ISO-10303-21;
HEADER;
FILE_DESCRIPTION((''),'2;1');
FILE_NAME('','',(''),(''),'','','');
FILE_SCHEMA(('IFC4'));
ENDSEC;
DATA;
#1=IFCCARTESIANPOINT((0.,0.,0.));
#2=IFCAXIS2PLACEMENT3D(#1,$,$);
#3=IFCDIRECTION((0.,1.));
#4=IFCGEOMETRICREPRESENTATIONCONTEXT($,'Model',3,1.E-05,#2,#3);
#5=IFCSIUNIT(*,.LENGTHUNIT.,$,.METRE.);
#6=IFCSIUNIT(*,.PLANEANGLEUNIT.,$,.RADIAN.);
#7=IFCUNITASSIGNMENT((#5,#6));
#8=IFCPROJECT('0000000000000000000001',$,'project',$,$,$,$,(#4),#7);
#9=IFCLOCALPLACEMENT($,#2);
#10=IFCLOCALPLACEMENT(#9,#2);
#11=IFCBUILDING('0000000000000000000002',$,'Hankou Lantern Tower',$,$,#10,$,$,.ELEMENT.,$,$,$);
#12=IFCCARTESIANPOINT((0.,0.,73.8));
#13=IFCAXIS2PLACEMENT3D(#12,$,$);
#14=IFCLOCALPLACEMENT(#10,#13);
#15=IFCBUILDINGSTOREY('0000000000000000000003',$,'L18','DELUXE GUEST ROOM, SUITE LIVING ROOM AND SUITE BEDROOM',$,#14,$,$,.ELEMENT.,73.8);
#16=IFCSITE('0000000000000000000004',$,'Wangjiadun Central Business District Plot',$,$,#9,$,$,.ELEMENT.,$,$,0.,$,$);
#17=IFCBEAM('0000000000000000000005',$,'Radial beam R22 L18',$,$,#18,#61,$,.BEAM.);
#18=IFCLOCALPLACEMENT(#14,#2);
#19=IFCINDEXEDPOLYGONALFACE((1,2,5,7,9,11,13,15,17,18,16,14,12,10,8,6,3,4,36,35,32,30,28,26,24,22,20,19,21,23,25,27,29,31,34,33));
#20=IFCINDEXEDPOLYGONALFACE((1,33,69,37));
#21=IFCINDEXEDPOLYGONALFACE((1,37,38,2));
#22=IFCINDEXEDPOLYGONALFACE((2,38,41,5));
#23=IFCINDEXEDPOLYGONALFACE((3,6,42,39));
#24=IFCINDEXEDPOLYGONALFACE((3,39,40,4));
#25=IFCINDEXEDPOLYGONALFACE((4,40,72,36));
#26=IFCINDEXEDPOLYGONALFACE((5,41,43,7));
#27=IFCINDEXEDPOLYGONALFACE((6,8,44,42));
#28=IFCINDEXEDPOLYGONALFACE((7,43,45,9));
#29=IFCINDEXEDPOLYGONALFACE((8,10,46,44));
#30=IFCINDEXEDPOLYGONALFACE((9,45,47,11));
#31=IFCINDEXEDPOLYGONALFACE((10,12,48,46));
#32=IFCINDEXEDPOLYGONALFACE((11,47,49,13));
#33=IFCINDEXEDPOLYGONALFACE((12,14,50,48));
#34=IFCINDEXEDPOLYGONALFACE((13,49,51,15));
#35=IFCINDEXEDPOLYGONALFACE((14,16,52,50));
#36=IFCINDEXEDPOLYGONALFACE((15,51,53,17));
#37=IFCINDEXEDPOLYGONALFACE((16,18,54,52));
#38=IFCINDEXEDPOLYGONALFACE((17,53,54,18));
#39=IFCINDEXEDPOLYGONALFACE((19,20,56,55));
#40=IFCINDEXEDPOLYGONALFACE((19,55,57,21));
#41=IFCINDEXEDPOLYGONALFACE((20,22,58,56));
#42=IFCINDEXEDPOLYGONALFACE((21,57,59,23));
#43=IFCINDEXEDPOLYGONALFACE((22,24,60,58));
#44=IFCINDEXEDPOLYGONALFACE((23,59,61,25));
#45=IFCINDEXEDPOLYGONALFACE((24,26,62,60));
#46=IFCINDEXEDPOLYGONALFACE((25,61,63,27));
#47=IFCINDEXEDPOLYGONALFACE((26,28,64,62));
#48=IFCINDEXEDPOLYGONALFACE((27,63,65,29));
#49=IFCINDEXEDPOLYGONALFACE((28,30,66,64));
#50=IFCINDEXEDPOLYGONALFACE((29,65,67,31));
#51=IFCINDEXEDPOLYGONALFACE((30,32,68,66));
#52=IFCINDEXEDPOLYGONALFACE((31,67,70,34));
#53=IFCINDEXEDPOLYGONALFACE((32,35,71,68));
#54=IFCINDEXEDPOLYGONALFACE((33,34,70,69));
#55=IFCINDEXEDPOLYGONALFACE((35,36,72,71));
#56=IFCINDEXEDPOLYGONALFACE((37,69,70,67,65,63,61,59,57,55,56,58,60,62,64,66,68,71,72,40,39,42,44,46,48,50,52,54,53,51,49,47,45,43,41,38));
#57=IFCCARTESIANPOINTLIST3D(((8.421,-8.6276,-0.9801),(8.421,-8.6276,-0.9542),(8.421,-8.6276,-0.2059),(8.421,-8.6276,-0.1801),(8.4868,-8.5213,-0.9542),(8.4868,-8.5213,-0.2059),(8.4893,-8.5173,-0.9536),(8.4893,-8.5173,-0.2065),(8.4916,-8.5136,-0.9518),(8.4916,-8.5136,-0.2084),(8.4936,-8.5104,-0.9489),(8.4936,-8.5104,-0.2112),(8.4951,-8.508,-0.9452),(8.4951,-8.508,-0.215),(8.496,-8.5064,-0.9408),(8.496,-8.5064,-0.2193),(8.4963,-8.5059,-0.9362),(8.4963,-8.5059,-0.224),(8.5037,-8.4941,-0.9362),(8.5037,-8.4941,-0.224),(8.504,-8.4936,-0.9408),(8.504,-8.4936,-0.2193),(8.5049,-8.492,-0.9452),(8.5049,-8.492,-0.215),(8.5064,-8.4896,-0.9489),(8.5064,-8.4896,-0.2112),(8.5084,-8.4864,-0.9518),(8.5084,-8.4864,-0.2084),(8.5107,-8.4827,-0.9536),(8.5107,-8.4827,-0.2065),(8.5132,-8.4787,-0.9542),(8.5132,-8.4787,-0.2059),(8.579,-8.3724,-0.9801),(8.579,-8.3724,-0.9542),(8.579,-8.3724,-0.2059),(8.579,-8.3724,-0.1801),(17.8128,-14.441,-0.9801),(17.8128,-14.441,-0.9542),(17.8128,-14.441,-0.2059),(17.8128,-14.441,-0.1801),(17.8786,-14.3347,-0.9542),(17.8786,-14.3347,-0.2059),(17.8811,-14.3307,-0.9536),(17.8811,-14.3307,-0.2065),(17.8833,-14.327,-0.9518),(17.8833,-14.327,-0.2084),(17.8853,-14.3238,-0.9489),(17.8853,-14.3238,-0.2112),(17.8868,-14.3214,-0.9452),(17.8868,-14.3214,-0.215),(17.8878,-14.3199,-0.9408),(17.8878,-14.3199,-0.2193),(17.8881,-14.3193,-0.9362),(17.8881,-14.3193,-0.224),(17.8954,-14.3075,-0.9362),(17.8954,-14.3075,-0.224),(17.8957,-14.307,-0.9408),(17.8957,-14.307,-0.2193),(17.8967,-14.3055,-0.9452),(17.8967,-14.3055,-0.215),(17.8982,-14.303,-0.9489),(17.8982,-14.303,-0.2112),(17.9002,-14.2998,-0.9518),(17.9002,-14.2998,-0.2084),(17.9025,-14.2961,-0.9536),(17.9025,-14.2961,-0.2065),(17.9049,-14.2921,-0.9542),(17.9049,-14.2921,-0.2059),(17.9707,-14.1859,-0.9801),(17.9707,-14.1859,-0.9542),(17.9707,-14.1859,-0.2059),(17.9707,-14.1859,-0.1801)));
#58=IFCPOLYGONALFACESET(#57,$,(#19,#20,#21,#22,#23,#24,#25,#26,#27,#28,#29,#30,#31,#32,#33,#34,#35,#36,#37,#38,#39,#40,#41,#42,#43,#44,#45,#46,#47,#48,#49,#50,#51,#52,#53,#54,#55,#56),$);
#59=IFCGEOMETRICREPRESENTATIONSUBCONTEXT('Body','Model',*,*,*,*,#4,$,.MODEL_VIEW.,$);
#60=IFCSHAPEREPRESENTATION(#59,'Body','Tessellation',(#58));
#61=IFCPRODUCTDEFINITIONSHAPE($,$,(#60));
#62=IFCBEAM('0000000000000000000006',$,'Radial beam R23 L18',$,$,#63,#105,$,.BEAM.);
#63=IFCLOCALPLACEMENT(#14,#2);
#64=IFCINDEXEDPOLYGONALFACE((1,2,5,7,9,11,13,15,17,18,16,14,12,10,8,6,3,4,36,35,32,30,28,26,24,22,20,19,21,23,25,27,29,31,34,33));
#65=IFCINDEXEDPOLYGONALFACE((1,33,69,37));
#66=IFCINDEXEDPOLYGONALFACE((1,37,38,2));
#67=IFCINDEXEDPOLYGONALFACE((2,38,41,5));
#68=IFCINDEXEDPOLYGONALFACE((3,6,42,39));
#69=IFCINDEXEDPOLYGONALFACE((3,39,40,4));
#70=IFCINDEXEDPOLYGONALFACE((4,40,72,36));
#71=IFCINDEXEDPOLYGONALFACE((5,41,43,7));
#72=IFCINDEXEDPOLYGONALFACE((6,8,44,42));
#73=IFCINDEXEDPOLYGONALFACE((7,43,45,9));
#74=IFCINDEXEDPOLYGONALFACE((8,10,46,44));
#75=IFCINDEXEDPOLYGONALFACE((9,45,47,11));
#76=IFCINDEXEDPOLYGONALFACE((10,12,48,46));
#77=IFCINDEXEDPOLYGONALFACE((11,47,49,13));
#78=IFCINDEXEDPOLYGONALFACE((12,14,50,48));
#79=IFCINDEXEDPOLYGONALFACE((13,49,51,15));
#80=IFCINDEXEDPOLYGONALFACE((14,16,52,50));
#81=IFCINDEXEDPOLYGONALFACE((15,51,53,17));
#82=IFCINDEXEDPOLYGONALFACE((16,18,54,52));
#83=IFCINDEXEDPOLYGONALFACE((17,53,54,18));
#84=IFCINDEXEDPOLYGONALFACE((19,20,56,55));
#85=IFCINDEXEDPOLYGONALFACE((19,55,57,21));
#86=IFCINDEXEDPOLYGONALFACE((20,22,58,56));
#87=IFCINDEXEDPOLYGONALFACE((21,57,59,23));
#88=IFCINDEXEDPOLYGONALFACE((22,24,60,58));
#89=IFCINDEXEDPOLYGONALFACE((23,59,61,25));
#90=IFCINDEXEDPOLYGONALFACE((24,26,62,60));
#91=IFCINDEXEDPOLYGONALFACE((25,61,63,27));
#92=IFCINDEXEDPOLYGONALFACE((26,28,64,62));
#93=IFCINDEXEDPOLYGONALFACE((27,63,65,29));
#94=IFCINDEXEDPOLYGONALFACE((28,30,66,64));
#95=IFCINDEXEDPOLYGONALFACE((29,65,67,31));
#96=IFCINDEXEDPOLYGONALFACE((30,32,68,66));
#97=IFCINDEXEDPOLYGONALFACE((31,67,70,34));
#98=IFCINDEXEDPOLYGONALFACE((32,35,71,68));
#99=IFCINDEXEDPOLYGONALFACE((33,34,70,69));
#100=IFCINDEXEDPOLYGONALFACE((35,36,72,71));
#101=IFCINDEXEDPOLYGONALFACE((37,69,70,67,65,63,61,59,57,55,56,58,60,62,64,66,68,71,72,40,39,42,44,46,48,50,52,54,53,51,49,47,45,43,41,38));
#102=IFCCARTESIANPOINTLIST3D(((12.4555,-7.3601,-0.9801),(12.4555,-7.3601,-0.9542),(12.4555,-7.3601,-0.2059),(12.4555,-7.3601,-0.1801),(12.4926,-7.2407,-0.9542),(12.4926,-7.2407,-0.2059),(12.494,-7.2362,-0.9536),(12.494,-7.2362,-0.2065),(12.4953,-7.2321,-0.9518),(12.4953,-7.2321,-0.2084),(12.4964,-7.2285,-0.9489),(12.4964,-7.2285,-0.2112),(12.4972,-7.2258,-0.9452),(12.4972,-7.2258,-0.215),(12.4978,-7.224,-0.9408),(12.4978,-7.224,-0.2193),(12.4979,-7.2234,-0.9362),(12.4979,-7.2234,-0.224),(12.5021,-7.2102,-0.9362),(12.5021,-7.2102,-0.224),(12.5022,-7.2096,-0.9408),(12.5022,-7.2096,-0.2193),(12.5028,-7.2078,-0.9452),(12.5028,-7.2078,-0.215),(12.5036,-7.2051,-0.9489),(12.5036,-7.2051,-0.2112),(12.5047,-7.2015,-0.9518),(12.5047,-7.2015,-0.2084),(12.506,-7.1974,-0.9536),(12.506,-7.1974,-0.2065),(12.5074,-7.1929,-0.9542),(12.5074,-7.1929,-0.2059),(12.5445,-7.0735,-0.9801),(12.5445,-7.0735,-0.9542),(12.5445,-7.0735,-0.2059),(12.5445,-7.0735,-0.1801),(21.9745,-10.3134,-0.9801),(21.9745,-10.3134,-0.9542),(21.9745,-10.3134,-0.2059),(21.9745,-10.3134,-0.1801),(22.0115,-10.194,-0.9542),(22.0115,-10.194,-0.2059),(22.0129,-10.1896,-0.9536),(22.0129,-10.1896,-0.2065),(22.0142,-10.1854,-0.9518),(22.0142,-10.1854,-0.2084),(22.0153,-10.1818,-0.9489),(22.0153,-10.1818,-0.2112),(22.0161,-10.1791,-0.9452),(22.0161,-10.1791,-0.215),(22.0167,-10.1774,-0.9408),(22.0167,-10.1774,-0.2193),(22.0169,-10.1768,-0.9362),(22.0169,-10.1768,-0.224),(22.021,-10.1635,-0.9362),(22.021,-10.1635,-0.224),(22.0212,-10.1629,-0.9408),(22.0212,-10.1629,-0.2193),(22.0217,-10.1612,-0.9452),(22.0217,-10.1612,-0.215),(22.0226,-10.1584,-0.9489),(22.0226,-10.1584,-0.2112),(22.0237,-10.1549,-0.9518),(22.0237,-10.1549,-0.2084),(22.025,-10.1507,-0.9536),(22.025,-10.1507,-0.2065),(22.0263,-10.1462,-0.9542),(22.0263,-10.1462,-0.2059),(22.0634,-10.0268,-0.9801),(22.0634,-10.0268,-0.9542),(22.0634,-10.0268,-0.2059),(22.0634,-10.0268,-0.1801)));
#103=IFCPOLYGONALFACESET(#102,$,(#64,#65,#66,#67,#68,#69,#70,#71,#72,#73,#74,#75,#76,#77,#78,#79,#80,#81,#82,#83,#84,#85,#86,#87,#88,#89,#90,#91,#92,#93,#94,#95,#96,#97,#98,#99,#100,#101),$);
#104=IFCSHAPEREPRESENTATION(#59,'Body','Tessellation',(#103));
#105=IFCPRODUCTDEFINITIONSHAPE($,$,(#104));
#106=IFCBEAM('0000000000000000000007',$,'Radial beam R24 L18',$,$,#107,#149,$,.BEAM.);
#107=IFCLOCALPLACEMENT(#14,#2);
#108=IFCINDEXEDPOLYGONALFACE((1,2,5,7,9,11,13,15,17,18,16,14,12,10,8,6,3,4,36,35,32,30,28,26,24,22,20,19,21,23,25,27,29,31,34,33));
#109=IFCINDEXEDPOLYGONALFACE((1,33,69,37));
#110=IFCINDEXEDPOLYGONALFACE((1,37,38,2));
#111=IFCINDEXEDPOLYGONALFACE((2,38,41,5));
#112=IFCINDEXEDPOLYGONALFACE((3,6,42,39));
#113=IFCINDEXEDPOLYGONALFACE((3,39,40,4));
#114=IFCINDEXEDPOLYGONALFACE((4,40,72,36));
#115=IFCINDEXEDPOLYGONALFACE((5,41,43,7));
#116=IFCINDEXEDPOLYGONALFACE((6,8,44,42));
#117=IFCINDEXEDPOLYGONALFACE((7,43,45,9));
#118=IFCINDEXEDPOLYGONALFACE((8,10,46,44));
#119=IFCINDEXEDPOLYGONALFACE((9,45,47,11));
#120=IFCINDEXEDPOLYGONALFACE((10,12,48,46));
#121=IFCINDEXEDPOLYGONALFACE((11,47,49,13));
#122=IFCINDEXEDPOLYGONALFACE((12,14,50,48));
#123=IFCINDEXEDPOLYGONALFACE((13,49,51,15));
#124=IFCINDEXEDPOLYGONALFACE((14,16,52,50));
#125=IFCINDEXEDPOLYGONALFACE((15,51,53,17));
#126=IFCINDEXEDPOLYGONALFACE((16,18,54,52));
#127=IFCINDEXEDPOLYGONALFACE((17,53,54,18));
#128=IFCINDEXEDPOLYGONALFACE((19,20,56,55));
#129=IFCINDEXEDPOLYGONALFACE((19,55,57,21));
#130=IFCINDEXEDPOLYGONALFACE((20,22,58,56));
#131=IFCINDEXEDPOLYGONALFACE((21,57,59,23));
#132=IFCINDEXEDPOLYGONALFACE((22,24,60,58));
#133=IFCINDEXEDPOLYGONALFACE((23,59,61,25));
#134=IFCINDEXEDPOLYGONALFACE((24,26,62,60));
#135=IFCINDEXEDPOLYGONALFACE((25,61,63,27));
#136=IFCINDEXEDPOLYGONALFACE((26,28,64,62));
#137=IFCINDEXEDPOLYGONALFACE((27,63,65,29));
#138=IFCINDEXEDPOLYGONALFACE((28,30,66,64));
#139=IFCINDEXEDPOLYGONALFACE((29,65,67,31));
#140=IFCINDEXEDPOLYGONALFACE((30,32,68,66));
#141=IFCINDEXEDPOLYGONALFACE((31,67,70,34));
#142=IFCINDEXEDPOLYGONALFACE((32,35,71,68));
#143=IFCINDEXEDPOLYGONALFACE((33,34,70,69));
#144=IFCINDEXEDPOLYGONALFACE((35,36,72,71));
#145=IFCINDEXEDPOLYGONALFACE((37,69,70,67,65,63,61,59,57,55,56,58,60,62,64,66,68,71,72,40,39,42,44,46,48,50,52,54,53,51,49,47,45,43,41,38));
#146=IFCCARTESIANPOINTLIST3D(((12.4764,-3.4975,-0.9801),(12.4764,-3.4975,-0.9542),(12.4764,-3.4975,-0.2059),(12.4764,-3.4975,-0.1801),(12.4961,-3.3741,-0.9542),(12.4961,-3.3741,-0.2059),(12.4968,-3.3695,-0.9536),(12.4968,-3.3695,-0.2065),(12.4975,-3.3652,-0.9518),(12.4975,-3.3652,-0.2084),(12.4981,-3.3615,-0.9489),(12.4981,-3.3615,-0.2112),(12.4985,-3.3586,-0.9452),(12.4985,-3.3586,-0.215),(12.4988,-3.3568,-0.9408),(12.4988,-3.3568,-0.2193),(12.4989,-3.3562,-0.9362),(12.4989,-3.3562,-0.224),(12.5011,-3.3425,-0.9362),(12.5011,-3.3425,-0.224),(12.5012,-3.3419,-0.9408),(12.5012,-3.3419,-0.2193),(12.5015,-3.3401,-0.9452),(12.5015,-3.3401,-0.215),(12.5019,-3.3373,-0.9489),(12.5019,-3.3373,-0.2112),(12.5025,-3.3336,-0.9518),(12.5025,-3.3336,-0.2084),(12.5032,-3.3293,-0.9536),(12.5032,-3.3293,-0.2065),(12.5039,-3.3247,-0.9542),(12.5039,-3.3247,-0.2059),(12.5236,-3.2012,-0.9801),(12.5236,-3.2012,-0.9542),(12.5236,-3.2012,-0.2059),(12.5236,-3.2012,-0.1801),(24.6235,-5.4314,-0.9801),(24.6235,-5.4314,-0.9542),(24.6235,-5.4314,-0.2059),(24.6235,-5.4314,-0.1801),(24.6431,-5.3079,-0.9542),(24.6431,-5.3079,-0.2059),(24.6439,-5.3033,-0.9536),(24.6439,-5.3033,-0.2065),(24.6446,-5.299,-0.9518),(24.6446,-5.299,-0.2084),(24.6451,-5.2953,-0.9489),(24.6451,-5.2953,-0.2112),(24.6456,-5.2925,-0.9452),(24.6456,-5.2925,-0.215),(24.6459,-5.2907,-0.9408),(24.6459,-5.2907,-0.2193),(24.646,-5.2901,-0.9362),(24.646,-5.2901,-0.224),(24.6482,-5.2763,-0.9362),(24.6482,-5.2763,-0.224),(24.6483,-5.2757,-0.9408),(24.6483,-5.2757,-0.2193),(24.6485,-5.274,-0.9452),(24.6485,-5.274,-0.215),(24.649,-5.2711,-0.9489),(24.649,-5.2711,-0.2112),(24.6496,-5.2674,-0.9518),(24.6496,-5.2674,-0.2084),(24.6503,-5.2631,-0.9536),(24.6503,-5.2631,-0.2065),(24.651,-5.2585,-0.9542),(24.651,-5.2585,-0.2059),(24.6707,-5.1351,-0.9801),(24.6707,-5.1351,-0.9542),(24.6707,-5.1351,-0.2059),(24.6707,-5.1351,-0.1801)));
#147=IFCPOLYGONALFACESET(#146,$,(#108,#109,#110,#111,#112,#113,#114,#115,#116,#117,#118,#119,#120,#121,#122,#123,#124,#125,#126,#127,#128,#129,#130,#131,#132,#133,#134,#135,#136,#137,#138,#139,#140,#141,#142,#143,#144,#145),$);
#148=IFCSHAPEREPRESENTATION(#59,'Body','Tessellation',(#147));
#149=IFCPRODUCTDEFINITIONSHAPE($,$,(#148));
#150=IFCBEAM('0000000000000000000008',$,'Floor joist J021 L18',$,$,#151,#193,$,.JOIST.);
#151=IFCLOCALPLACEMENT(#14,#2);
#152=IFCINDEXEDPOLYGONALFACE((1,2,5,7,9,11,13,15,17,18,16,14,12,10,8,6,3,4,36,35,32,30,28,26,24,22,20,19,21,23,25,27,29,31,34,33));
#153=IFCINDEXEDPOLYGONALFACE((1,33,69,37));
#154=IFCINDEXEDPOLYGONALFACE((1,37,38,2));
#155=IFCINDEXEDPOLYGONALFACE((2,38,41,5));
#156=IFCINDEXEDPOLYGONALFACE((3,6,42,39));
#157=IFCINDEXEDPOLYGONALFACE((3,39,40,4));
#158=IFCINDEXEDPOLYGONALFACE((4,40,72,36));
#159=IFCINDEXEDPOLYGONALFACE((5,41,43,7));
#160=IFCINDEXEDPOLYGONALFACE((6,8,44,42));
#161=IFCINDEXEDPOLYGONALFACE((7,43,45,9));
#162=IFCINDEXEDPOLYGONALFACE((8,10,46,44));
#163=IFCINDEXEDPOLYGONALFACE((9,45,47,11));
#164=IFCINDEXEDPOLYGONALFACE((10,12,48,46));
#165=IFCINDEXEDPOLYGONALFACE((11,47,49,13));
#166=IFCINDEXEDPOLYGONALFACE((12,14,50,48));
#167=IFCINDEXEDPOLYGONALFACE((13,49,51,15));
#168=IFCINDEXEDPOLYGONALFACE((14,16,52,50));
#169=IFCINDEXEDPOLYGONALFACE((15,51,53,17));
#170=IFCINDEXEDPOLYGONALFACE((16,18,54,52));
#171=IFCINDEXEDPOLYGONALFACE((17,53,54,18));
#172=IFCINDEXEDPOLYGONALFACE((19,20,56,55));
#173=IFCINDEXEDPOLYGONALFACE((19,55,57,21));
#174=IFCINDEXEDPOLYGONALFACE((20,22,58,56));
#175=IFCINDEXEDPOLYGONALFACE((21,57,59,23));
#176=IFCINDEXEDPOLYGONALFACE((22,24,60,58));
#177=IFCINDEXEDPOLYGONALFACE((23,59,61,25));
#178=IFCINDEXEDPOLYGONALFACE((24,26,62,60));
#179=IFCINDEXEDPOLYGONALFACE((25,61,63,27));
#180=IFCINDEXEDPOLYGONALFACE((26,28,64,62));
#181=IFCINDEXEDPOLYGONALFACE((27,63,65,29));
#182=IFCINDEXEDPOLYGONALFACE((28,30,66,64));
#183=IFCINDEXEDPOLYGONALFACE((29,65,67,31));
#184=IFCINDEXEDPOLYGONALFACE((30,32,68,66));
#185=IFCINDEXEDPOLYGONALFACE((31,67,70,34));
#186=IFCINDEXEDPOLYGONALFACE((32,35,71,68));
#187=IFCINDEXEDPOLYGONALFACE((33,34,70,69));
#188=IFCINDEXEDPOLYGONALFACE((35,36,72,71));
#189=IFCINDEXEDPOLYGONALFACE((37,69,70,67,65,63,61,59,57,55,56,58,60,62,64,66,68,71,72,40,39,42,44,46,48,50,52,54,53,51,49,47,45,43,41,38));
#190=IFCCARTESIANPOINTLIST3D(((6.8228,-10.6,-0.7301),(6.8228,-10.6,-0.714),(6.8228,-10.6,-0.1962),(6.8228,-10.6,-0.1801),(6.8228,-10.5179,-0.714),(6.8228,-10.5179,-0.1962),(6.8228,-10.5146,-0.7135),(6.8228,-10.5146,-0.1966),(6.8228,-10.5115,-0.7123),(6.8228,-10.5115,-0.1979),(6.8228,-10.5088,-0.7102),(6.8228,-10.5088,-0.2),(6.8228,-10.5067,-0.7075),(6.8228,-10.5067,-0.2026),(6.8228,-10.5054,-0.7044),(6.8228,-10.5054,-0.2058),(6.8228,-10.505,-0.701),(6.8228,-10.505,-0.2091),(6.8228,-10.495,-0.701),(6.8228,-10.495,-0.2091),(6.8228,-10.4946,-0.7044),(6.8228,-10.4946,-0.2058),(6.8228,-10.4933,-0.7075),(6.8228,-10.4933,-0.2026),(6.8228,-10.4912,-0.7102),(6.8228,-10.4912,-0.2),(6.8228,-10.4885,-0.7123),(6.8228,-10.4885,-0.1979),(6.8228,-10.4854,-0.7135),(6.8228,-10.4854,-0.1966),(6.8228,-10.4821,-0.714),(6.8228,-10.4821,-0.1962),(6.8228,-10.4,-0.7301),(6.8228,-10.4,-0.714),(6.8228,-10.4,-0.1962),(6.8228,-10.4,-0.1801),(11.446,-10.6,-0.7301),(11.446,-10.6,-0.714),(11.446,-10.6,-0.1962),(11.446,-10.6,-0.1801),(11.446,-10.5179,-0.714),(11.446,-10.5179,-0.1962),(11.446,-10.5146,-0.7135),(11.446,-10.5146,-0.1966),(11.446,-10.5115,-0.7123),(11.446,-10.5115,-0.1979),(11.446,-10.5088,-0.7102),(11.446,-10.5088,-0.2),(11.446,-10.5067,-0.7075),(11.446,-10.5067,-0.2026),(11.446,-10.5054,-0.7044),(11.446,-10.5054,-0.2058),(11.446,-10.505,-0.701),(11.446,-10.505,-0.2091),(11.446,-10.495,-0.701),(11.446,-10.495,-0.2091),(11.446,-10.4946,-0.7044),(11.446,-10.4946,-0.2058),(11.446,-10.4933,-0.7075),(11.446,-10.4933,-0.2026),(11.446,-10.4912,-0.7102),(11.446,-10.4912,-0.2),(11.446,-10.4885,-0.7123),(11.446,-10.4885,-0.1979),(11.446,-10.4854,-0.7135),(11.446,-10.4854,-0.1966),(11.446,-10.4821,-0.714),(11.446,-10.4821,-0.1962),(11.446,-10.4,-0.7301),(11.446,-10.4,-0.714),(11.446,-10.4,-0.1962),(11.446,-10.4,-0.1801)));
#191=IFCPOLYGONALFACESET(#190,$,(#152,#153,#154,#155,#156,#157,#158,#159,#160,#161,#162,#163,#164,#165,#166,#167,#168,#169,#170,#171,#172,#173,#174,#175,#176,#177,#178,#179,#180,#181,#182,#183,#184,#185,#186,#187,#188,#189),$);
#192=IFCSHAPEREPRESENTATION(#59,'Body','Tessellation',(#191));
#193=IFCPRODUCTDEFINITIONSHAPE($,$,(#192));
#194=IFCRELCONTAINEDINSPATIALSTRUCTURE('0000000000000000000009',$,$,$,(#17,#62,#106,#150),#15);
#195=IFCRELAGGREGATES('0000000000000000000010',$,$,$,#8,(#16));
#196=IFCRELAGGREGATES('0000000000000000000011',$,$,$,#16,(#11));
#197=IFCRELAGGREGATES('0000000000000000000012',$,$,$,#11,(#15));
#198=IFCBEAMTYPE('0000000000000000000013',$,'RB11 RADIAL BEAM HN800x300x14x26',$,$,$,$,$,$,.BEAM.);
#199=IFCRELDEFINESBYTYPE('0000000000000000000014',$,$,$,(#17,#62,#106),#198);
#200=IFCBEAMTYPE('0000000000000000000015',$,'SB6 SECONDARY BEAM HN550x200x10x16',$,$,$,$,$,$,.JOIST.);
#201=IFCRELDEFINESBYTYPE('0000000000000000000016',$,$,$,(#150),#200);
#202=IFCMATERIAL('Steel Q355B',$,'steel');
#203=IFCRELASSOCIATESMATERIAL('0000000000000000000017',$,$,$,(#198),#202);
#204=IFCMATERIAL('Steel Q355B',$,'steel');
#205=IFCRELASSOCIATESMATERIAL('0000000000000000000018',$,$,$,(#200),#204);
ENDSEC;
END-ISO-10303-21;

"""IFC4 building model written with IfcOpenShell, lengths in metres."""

from ifc_helpers import new_model, si_unit, direction, frame, origin, origin_2d, place, context, subcontext, project, spatial, i_section, extrude, material, material_profile, profile_set, type_object, element, save


model = new_model("IFC4")

# Units and contexts
model_context = context("Model", 3, precision=1e-05, world=origin(), true_north=direction((0.0, 1.0)))
body_context = subcontext(model_context, "Body", "Model", "MODEL_VIEW")
ifc_project = project(units=[si_unit("LENGTHUNIT", "METRE"), si_unit("PLANEANGLEUNIT", "RADIAN")], contexts=[model_context])

# Site, building, storey
site_placement = place(None, origin())
site = spatial("IfcSite", under=ifc_project, at=site_placement, Name="Wangjiadun Central Business District Plot", CompositionType="ELEMENT", RefElevation=0.0)
building_placement = place(site_placement, origin())
building = spatial("IfcBuilding", under=site, at=building_placement, Name="Hankou Lantern Tower", CompositionType="ELEMENT")
storey_placement = place(building_placement, frame((0.0, 0.0, 73.8)))
storey = spatial("IfcBuildingStorey", under=building, at=storey_placement, Name="L18", Description="DELUXE GUEST ROOM, SUITE LIVING ROOM AND SUITE BEDROOM", CompositionType="ELEMENT", Elevation=73.8)

# Beams
ifc_material_1 = material(Name="Steel Q355B", Category="steel")
ifc_material_profile_1 = material_profile(ifc_material_1, i_section(OverallWidth=0.3, OverallDepth=0.8, WebThickness=0.0139, FlangeThickness=0.0259, FilletRadius=0.0181, at=origin_2d()), Name="HN800x300x14x26")
ifc_profile_set_1 = profile_set([ifc_material_profile_1], Name="Steel Q355B")
beam_type_1 = type_object("IfcBeamType", Name="RB11 RADIAL BEAM HN800x300x14x26", PredefinedType="BEAM", material=ifc_profile_set_1)
beam_1_placement = place(storey_placement, frame((8.5, -8.5, -0.5801), z_axis=(0.850286, -0.52632, 0.0), x_axis=(0.52632, 0.850286, 0.0)))
element("IfcBeam", 1, at=beam_1_placement, inside=storey, type_object=beam_type_1, Name="Radial beam R22 L18", PredefinedType="BEAM", context=body_context, shape_type="SweptSolid", body=[
    extrude(i_section(OverallWidth=0.3, OverallDepth=0.8, WebThickness=0.0139, FlangeThickness=0.0259, FilletRadius=0.0181, at=origin_2d()), origin(), (0.0, 0.0, 1.0), 11.0454),
])
beam_2_placement = place(storey_placement, frame((12.5, -7.2168, -0.5801), z_axis=(0.955087, -0.296324, 0.0), x_axis=(0.296324, 0.955087, 0.0)))
element("IfcBeam", 2, at=beam_2_placement, inside=storey, type_object=beam_type_1, Name="Radial beam R23 L18", PredefinedType="BEAM", context=body_context, shape_type="SweptSolid", body=[
    extrude(i_section(OverallWidth=0.3, OverallDepth=0.8, WebThickness=0.0139, FlangeThickness=0.0259, FilletRadius=0.0181, at=origin_2d()), origin(), (0.0, 0.0, 1.0), 9.9666),
])
beam_3_placement = place(storey_placement, frame((12.5, -3.3494, -0.5801), z_axis=(0.987563, -0.157223, 0.0), x_axis=(0.157223, 0.987563, 0.0)))
element("IfcBeam", 3, at=beam_3_placement, inside=storey, type_object=beam_type_1, Name="Radial beam R24 L18", PredefinedType="BEAM", context=body_context, shape_type="SweptSolid", body=[
    extrude(i_section(OverallWidth=0.3, OverallDepth=0.8, WebThickness=0.0139, FlangeThickness=0.0259, FilletRadius=0.0181, at=origin_2d()), origin(), (0.0, 0.0, 1.0), 12.3),
])
ifc_material_2 = material(Name="Steel Q355B", Category="steel")
ifc_material_profile_2 = material_profile(ifc_material_2, i_section(OverallWidth=0.2, OverallDepth=0.55, WebThickness=0.01, FlangeThickness=0.0161, FilletRadius=0.0129, at=origin_2d()), Name="HN550x200x10x16")
ifc_profile_set_2 = profile_set([ifc_material_profile_2], Name="Steel Q355B")
beam_type_2 = type_object("IfcBeamType", Name="SB6 SECONDARY BEAM HN550x200x10x16", PredefinedType="JOIST", material=ifc_profile_set_2)
beam_4_placement = place(storey_placement, frame((6.8228, -10.5, -0.4551), z_axis=(1.0, 0.0, 0.0), x_axis=(0.0, 1.0, 0.0)))
element("IfcBeam", 4, at=beam_4_placement, inside=storey, type_object=beam_type_2, Name="Floor joist J021 L18", PredefinedType="JOIST", context=body_context, shape_type="SweptSolid", body=[
    extrude(i_section(OverallWidth=0.2, OverallDepth=0.55, WebThickness=0.01, FlangeThickness=0.0161, FilletRadius=0.0129, at=origin_2d()), origin(), (0.0, 0.0, 1.0), 4.6233),
])

save(model, "model.ifc")
